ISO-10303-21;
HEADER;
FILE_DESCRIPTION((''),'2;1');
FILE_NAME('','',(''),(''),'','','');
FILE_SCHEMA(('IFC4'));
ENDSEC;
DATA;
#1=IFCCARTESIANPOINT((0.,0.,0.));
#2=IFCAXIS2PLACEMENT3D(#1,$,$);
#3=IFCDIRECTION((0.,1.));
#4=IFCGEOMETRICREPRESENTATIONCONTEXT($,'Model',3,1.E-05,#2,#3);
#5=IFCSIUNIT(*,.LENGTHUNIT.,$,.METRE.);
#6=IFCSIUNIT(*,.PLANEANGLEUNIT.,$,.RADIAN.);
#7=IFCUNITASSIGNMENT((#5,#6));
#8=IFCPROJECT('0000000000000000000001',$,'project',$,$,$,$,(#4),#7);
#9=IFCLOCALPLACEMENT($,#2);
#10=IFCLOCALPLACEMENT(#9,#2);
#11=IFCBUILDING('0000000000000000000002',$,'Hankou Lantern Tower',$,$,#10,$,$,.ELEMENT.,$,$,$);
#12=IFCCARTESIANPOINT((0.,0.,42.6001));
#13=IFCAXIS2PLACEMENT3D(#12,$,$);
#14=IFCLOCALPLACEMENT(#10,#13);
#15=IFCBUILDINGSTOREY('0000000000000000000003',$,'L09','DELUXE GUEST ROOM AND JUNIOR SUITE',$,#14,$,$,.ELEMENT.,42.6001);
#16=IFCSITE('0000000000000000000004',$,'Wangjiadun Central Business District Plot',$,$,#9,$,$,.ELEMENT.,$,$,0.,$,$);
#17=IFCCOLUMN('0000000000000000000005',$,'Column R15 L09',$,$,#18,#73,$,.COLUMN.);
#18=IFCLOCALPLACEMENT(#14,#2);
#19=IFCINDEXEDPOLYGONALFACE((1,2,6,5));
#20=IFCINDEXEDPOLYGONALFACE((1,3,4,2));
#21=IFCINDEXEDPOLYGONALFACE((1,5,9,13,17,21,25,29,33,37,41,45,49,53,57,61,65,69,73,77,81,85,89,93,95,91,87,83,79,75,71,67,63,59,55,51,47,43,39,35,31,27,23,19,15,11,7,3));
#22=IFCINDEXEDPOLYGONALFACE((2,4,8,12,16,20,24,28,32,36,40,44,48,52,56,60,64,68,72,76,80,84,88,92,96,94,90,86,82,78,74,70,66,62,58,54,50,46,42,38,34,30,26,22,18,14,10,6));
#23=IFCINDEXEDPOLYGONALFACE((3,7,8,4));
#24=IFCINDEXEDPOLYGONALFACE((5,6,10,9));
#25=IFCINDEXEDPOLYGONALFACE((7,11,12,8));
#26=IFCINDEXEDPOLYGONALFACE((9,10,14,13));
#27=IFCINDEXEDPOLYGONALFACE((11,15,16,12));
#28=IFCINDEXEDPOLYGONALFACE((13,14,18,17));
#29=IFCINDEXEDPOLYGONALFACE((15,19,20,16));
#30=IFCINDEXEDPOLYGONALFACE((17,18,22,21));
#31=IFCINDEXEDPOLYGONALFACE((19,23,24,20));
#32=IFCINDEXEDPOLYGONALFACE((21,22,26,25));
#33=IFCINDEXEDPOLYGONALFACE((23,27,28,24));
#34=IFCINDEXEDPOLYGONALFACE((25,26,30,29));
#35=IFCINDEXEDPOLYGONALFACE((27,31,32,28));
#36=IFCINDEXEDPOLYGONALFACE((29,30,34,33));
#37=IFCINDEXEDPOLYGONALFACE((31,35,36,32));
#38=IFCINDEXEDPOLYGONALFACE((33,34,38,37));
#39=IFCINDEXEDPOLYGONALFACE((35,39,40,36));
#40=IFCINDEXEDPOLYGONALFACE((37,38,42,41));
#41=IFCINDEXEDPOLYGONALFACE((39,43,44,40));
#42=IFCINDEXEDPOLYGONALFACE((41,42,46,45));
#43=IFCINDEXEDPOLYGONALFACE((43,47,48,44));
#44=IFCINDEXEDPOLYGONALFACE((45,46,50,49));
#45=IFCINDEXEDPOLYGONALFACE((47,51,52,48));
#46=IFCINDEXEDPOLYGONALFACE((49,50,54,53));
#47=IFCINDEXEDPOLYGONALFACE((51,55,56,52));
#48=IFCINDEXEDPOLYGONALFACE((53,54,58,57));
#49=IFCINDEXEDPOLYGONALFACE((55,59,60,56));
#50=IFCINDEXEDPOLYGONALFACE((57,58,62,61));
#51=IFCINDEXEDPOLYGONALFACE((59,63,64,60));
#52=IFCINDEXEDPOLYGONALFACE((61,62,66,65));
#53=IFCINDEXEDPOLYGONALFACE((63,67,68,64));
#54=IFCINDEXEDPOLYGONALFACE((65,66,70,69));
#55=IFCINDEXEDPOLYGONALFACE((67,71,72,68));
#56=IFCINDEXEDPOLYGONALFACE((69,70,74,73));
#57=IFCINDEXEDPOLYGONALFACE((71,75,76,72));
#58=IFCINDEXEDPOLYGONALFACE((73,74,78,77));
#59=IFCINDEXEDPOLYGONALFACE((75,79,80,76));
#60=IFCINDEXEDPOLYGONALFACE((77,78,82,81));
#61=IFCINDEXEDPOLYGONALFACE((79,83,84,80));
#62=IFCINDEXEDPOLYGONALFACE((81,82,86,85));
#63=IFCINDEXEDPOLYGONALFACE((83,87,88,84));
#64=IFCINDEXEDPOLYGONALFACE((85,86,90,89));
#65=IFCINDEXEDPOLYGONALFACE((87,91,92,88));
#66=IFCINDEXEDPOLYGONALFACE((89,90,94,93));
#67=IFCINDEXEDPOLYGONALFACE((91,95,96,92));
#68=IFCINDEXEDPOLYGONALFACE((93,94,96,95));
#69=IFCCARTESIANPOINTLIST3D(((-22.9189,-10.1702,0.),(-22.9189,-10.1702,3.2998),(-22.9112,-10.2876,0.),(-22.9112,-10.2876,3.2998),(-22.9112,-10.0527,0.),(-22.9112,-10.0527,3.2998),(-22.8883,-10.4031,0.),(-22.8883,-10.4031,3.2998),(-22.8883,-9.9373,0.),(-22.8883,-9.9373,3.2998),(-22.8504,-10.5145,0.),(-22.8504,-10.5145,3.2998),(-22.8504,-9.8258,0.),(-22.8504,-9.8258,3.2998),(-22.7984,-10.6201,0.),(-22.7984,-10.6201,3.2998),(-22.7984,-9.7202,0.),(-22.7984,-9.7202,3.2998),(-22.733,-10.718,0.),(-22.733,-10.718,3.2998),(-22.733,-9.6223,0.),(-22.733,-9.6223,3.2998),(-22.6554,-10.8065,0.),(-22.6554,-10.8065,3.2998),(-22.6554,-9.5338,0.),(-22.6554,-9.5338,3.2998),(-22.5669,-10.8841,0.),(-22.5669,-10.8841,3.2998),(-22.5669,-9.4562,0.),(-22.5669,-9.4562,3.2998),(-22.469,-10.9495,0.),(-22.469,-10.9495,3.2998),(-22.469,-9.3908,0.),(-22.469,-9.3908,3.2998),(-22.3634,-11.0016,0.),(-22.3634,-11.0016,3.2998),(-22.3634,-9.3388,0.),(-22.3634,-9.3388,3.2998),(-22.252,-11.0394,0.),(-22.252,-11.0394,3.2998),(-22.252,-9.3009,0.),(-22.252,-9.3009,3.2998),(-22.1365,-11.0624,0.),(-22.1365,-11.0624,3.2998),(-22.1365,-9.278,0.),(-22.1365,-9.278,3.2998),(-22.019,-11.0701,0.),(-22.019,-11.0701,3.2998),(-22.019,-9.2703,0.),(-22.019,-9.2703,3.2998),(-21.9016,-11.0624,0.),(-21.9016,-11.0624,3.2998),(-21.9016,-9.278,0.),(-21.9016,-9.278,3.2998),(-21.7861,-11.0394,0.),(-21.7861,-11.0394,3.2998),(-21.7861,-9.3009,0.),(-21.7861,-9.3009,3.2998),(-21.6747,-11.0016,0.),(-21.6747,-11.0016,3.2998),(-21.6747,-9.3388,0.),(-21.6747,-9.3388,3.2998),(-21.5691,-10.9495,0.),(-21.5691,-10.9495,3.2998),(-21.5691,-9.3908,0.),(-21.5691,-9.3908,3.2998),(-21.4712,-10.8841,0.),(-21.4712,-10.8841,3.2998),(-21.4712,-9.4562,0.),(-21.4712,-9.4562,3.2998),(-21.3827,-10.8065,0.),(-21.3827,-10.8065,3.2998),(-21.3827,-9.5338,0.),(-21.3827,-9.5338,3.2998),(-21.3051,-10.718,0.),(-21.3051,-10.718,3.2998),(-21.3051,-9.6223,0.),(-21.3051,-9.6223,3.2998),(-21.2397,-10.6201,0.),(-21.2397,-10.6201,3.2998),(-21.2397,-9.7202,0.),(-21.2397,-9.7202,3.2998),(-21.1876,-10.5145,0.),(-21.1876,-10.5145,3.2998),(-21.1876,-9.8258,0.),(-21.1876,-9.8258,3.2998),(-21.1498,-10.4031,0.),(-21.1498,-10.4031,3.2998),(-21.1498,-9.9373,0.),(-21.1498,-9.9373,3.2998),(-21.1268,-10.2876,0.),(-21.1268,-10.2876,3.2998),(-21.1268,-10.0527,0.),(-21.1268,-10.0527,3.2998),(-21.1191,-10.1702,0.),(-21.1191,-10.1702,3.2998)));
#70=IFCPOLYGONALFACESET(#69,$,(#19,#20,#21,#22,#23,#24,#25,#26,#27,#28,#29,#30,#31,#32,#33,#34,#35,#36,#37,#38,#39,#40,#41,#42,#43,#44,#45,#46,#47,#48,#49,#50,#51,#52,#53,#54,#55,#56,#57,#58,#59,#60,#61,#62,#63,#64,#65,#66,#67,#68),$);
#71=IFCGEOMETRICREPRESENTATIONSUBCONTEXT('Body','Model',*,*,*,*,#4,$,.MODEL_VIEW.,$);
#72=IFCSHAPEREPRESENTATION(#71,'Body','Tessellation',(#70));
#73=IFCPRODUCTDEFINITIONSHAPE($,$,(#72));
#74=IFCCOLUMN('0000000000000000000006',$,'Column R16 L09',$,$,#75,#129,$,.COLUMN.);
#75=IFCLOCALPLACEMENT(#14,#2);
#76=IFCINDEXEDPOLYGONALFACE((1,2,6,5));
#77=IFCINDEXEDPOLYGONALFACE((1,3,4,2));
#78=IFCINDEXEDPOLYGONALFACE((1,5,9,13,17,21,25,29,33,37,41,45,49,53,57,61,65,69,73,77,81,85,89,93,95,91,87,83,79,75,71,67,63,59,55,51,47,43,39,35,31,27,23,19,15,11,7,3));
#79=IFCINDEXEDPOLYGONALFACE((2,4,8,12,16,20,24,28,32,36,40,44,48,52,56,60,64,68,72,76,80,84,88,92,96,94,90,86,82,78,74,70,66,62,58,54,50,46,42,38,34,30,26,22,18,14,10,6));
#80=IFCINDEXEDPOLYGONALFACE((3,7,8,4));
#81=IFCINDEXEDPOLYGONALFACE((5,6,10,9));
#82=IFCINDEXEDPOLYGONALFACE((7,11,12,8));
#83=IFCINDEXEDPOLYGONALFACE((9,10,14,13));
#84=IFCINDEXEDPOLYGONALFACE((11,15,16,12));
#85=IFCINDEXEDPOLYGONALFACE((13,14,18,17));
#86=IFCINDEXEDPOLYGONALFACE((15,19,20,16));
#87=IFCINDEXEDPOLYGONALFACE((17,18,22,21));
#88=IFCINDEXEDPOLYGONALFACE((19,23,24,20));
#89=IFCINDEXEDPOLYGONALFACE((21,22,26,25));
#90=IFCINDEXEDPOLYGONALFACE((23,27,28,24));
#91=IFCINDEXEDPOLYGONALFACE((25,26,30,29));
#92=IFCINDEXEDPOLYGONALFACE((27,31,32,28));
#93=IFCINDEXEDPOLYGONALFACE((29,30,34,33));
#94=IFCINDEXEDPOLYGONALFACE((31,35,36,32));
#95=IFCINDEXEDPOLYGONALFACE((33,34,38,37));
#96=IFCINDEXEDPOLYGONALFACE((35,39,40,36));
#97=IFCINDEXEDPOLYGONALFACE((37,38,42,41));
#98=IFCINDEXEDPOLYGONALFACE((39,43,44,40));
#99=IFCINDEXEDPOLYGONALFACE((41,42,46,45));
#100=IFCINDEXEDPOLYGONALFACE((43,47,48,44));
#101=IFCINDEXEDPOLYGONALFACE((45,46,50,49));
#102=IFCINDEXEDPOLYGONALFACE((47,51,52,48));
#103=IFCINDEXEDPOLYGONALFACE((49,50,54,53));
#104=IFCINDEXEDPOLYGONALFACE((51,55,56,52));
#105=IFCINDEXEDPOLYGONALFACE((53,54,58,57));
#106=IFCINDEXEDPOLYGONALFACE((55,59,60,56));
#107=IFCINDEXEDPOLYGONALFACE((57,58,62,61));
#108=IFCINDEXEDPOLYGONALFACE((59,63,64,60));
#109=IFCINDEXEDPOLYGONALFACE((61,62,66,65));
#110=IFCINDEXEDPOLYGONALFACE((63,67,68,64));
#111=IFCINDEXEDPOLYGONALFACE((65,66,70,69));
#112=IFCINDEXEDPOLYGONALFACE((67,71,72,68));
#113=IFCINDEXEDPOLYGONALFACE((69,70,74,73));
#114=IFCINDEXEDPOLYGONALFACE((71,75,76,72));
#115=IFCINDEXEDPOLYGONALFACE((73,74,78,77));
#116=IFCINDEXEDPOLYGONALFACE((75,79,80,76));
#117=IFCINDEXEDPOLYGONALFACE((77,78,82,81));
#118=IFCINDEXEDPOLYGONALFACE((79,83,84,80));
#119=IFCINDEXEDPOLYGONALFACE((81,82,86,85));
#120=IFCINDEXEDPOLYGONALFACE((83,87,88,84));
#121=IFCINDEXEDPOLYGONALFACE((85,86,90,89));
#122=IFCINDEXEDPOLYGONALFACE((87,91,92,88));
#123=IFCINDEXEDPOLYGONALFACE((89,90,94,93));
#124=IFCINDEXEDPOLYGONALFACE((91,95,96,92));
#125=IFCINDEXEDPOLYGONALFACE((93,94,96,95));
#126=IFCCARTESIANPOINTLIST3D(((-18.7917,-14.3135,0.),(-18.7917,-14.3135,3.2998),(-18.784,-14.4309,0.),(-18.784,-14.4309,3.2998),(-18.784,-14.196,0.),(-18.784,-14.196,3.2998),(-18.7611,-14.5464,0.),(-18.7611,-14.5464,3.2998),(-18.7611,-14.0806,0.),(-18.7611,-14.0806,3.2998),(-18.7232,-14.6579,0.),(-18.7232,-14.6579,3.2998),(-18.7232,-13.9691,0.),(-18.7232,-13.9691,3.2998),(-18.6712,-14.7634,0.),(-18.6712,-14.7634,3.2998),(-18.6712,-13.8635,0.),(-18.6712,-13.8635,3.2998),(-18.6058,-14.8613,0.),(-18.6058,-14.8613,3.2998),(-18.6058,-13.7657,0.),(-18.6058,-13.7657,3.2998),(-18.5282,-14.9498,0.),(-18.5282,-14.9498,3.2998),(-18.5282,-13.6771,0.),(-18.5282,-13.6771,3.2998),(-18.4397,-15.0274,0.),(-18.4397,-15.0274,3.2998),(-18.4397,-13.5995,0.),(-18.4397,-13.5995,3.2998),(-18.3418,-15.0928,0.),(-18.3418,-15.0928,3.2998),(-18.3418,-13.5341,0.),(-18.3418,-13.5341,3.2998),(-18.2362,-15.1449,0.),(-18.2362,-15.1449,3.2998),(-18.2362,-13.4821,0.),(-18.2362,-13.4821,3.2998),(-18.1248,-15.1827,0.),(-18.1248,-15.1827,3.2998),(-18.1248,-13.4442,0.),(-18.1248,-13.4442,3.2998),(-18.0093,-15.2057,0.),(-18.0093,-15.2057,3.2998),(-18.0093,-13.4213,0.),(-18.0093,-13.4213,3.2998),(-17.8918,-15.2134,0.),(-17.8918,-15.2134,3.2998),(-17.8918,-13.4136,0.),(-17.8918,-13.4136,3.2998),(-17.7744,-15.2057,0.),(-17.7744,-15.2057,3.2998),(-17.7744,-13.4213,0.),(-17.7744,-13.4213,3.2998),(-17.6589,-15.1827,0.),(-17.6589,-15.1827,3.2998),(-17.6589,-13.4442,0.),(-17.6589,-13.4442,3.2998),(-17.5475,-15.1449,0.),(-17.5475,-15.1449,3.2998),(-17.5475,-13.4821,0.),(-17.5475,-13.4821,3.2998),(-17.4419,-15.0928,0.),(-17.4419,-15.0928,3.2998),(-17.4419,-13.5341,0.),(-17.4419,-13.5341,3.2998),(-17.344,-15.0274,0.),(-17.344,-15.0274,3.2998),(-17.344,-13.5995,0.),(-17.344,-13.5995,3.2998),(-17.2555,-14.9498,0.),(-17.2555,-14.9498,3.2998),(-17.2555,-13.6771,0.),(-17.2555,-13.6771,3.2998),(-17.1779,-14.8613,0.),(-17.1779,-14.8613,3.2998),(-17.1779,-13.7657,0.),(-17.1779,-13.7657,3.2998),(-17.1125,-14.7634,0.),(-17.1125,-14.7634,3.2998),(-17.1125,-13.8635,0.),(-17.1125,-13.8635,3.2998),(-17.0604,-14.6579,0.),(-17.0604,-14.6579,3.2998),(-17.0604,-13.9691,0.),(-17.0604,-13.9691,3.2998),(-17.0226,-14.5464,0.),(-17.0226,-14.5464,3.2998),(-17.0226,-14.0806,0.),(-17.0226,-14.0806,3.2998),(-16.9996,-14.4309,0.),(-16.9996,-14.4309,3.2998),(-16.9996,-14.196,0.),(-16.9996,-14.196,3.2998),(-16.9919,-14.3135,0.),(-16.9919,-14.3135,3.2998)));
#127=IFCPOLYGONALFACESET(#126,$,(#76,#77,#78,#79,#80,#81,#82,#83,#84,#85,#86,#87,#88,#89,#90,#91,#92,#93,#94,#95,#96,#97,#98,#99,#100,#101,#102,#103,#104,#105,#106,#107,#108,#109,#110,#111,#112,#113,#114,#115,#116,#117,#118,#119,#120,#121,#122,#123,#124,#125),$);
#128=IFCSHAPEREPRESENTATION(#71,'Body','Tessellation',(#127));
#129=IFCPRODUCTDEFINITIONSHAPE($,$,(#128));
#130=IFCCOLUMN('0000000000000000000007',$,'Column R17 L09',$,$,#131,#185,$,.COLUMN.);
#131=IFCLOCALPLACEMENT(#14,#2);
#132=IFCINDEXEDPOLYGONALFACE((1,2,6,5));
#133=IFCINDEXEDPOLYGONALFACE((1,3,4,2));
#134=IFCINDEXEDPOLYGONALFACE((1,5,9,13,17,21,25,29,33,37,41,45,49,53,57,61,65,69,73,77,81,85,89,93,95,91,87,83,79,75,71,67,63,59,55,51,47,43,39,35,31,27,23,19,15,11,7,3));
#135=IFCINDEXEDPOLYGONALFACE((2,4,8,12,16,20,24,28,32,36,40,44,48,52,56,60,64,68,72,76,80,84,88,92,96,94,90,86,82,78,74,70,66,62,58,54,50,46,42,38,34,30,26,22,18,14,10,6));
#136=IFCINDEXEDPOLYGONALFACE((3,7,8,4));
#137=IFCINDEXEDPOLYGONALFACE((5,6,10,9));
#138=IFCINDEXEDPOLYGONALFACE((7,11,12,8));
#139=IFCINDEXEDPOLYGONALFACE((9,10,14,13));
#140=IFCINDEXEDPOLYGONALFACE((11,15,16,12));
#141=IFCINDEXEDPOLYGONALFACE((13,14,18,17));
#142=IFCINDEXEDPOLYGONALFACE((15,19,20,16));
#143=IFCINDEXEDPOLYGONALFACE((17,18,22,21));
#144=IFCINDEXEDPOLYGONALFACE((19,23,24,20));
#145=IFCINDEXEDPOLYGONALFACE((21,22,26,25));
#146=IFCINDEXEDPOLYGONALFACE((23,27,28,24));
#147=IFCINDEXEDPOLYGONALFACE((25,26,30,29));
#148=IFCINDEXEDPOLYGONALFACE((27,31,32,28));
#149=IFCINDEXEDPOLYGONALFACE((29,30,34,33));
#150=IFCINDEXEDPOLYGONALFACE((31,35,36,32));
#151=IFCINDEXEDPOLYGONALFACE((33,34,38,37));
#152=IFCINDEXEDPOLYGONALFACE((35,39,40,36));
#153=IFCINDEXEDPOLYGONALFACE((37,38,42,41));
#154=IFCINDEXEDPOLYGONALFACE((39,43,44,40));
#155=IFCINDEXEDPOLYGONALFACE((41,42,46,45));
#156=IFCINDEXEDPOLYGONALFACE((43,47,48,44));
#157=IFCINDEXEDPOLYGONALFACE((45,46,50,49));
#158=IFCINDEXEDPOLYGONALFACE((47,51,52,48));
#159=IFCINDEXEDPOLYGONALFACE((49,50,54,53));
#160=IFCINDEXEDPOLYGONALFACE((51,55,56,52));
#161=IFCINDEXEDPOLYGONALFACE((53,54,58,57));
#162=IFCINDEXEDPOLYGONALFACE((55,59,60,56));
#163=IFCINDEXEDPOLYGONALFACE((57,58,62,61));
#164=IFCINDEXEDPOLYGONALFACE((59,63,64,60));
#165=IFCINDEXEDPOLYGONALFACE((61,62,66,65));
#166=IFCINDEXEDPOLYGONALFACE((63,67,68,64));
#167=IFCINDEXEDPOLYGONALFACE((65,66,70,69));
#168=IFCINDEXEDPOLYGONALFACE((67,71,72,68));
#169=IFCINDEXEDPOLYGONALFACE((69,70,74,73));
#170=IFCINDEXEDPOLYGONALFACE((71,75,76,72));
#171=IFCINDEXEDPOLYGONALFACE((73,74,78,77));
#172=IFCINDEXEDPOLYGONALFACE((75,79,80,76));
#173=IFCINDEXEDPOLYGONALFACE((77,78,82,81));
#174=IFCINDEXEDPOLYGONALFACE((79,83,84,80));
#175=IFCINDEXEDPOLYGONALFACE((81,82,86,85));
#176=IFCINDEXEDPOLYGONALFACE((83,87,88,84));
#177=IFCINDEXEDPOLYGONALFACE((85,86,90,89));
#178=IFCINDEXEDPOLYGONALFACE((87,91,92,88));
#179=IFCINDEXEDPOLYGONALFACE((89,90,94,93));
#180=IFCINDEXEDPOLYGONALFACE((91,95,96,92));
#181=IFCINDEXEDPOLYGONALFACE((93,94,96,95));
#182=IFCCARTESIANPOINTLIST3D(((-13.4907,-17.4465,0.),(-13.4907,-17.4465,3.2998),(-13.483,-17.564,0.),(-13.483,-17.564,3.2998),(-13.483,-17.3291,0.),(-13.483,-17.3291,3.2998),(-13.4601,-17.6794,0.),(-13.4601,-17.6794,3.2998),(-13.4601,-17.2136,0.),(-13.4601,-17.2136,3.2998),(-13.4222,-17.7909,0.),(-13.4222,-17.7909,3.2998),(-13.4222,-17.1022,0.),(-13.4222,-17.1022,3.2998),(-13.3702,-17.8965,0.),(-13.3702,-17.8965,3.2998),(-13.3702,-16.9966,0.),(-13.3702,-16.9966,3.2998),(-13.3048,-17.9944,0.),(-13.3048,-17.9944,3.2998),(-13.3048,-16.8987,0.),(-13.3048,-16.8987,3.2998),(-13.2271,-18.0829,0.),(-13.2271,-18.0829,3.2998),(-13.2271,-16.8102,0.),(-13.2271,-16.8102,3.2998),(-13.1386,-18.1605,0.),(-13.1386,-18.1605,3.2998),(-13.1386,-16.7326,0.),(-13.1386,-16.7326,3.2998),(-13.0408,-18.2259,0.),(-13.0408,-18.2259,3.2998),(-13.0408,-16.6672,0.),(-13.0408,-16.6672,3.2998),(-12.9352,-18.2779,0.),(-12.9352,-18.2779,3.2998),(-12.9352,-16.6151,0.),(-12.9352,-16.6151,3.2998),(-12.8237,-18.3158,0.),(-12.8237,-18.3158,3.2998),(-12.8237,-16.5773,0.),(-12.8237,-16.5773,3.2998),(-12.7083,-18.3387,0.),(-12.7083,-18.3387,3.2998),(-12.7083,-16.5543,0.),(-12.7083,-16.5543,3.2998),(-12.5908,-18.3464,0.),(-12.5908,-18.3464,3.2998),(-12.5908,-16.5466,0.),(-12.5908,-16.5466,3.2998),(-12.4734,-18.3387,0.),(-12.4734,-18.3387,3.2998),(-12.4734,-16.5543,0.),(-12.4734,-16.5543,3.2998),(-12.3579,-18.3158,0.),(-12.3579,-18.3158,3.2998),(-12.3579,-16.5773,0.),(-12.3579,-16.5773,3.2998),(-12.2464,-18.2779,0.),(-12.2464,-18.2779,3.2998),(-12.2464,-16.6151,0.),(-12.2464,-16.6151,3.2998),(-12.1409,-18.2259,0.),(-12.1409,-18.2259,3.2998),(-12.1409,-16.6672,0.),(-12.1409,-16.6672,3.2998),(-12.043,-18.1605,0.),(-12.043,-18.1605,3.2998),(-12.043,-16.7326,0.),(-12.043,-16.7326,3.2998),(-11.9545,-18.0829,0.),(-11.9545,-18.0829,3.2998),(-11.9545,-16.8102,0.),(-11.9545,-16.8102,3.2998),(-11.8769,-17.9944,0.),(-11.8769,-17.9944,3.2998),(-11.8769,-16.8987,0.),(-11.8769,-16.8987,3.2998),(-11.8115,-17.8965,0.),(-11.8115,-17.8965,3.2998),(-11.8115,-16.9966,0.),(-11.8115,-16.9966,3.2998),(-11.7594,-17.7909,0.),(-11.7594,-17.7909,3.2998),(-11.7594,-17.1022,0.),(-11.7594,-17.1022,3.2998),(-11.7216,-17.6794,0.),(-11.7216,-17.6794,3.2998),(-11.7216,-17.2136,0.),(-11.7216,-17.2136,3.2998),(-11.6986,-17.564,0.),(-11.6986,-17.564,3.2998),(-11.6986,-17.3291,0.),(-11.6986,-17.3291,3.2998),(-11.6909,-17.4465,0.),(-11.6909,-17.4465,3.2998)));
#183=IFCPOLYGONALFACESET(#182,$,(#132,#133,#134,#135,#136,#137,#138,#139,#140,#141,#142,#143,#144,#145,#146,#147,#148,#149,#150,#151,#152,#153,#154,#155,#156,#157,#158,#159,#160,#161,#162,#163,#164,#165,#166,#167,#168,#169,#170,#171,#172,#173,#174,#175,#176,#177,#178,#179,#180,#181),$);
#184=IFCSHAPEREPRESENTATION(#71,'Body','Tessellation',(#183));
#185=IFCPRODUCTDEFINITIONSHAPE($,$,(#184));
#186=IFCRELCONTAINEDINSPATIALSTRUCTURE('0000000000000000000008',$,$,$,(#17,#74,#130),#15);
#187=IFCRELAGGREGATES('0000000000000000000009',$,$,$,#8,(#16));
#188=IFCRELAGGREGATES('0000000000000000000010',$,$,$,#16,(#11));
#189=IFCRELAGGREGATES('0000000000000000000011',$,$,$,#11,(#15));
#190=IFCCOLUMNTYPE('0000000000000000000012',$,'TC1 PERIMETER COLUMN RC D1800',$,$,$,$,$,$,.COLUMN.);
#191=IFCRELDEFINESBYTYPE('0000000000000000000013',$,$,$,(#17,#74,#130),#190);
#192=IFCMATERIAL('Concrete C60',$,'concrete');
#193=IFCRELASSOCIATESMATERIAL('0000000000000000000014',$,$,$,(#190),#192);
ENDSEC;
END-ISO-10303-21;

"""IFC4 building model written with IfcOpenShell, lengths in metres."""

from ifc_helpers import new_model, si_unit, direction, frame, origin, origin_2d, place, context, subcontext, project, spatial, circle, extrude, material, material_profile, profile_set, type_object, element, save


model = new_model("IFC4")

# Units and contexts
model_context = context("Model", 3, precision=1e-05, world=origin(), true_north=direction((0.0, 1.0)))
body_context = subcontext(model_context, "Body", "Model", "MODEL_VIEW")
ifc_project = project(units=[si_unit("LENGTHUNIT", "METRE"), si_unit("PLANEANGLEUNIT", "RADIAN")], contexts=[model_context])

# Site, building, storey
site_placement = place(None, origin())
site = spatial("IfcSite", under=ifc_project, at=site_placement, Name="Wangjiadun Central Business District Plot", CompositionType="ELEMENT", RefElevation=0.0)
building_placement = place(site_placement, origin())
building = spatial("IfcBuilding", under=site, at=building_placement, Name="Hankou Lantern Tower", CompositionType="ELEMENT")
storey_placement = place(building_placement, frame((0.0, 0.0, 42.6001)))
storey = spatial("IfcBuildingStorey", under=building, at=storey_placement, Name="L09", Description="DELUXE GUEST ROOM AND JUNIOR SUITE", CompositionType="ELEMENT", Elevation=42.6001)

# Columns
ifc_material_1 = material(Name="Concrete C60", Category="concrete")
ifc_material_profile_1 = material_profile(ifc_material_1, circle(Radius=0.8999, at=origin_2d()), Name="RC D1800")
ifc_profile_set_1 = profile_set([ifc_material_profile_1], Name="Concrete C60")
column_type = type_object("IfcColumnType", Name="TC1 PERIMETER COLUMN RC D1800", PredefinedType="COLUMN", material=ifc_profile_set_1)
for number, where, z_axis, x_axis, name in (
    (1, (-22.019, -10.1702, 0.0), (0.0, 0.0, 1.0), (1.0, 0.0, 0.0), "Column R15 L09"),
    (2, (-17.8918, -14.3135, 0.0), (0.0, 0.0, 1.0), (1.0, 0.0, 0.0), "Column R16 L09"),
    (3, (-12.5908, -17.4465, 0.0), (0.0, 0.0, 1.0), (1.0, 0.0, 0.0), "Column R17 L09"),
):
    element("IfcColumn", number, at=place(storey_placement, frame(where, z_axis=z_axis, x_axis=x_axis)), inside=storey, type_object=column_type, Name=name, PredefinedType="COLUMN", context=body_context, shape_type="SweptSolid", body=[
        extrude(circle(Radius=0.8999, at=origin_2d()), origin(), (0.0, 0.0, 1.0), 3.2998),
    ])

save(model, "model.ifc")
